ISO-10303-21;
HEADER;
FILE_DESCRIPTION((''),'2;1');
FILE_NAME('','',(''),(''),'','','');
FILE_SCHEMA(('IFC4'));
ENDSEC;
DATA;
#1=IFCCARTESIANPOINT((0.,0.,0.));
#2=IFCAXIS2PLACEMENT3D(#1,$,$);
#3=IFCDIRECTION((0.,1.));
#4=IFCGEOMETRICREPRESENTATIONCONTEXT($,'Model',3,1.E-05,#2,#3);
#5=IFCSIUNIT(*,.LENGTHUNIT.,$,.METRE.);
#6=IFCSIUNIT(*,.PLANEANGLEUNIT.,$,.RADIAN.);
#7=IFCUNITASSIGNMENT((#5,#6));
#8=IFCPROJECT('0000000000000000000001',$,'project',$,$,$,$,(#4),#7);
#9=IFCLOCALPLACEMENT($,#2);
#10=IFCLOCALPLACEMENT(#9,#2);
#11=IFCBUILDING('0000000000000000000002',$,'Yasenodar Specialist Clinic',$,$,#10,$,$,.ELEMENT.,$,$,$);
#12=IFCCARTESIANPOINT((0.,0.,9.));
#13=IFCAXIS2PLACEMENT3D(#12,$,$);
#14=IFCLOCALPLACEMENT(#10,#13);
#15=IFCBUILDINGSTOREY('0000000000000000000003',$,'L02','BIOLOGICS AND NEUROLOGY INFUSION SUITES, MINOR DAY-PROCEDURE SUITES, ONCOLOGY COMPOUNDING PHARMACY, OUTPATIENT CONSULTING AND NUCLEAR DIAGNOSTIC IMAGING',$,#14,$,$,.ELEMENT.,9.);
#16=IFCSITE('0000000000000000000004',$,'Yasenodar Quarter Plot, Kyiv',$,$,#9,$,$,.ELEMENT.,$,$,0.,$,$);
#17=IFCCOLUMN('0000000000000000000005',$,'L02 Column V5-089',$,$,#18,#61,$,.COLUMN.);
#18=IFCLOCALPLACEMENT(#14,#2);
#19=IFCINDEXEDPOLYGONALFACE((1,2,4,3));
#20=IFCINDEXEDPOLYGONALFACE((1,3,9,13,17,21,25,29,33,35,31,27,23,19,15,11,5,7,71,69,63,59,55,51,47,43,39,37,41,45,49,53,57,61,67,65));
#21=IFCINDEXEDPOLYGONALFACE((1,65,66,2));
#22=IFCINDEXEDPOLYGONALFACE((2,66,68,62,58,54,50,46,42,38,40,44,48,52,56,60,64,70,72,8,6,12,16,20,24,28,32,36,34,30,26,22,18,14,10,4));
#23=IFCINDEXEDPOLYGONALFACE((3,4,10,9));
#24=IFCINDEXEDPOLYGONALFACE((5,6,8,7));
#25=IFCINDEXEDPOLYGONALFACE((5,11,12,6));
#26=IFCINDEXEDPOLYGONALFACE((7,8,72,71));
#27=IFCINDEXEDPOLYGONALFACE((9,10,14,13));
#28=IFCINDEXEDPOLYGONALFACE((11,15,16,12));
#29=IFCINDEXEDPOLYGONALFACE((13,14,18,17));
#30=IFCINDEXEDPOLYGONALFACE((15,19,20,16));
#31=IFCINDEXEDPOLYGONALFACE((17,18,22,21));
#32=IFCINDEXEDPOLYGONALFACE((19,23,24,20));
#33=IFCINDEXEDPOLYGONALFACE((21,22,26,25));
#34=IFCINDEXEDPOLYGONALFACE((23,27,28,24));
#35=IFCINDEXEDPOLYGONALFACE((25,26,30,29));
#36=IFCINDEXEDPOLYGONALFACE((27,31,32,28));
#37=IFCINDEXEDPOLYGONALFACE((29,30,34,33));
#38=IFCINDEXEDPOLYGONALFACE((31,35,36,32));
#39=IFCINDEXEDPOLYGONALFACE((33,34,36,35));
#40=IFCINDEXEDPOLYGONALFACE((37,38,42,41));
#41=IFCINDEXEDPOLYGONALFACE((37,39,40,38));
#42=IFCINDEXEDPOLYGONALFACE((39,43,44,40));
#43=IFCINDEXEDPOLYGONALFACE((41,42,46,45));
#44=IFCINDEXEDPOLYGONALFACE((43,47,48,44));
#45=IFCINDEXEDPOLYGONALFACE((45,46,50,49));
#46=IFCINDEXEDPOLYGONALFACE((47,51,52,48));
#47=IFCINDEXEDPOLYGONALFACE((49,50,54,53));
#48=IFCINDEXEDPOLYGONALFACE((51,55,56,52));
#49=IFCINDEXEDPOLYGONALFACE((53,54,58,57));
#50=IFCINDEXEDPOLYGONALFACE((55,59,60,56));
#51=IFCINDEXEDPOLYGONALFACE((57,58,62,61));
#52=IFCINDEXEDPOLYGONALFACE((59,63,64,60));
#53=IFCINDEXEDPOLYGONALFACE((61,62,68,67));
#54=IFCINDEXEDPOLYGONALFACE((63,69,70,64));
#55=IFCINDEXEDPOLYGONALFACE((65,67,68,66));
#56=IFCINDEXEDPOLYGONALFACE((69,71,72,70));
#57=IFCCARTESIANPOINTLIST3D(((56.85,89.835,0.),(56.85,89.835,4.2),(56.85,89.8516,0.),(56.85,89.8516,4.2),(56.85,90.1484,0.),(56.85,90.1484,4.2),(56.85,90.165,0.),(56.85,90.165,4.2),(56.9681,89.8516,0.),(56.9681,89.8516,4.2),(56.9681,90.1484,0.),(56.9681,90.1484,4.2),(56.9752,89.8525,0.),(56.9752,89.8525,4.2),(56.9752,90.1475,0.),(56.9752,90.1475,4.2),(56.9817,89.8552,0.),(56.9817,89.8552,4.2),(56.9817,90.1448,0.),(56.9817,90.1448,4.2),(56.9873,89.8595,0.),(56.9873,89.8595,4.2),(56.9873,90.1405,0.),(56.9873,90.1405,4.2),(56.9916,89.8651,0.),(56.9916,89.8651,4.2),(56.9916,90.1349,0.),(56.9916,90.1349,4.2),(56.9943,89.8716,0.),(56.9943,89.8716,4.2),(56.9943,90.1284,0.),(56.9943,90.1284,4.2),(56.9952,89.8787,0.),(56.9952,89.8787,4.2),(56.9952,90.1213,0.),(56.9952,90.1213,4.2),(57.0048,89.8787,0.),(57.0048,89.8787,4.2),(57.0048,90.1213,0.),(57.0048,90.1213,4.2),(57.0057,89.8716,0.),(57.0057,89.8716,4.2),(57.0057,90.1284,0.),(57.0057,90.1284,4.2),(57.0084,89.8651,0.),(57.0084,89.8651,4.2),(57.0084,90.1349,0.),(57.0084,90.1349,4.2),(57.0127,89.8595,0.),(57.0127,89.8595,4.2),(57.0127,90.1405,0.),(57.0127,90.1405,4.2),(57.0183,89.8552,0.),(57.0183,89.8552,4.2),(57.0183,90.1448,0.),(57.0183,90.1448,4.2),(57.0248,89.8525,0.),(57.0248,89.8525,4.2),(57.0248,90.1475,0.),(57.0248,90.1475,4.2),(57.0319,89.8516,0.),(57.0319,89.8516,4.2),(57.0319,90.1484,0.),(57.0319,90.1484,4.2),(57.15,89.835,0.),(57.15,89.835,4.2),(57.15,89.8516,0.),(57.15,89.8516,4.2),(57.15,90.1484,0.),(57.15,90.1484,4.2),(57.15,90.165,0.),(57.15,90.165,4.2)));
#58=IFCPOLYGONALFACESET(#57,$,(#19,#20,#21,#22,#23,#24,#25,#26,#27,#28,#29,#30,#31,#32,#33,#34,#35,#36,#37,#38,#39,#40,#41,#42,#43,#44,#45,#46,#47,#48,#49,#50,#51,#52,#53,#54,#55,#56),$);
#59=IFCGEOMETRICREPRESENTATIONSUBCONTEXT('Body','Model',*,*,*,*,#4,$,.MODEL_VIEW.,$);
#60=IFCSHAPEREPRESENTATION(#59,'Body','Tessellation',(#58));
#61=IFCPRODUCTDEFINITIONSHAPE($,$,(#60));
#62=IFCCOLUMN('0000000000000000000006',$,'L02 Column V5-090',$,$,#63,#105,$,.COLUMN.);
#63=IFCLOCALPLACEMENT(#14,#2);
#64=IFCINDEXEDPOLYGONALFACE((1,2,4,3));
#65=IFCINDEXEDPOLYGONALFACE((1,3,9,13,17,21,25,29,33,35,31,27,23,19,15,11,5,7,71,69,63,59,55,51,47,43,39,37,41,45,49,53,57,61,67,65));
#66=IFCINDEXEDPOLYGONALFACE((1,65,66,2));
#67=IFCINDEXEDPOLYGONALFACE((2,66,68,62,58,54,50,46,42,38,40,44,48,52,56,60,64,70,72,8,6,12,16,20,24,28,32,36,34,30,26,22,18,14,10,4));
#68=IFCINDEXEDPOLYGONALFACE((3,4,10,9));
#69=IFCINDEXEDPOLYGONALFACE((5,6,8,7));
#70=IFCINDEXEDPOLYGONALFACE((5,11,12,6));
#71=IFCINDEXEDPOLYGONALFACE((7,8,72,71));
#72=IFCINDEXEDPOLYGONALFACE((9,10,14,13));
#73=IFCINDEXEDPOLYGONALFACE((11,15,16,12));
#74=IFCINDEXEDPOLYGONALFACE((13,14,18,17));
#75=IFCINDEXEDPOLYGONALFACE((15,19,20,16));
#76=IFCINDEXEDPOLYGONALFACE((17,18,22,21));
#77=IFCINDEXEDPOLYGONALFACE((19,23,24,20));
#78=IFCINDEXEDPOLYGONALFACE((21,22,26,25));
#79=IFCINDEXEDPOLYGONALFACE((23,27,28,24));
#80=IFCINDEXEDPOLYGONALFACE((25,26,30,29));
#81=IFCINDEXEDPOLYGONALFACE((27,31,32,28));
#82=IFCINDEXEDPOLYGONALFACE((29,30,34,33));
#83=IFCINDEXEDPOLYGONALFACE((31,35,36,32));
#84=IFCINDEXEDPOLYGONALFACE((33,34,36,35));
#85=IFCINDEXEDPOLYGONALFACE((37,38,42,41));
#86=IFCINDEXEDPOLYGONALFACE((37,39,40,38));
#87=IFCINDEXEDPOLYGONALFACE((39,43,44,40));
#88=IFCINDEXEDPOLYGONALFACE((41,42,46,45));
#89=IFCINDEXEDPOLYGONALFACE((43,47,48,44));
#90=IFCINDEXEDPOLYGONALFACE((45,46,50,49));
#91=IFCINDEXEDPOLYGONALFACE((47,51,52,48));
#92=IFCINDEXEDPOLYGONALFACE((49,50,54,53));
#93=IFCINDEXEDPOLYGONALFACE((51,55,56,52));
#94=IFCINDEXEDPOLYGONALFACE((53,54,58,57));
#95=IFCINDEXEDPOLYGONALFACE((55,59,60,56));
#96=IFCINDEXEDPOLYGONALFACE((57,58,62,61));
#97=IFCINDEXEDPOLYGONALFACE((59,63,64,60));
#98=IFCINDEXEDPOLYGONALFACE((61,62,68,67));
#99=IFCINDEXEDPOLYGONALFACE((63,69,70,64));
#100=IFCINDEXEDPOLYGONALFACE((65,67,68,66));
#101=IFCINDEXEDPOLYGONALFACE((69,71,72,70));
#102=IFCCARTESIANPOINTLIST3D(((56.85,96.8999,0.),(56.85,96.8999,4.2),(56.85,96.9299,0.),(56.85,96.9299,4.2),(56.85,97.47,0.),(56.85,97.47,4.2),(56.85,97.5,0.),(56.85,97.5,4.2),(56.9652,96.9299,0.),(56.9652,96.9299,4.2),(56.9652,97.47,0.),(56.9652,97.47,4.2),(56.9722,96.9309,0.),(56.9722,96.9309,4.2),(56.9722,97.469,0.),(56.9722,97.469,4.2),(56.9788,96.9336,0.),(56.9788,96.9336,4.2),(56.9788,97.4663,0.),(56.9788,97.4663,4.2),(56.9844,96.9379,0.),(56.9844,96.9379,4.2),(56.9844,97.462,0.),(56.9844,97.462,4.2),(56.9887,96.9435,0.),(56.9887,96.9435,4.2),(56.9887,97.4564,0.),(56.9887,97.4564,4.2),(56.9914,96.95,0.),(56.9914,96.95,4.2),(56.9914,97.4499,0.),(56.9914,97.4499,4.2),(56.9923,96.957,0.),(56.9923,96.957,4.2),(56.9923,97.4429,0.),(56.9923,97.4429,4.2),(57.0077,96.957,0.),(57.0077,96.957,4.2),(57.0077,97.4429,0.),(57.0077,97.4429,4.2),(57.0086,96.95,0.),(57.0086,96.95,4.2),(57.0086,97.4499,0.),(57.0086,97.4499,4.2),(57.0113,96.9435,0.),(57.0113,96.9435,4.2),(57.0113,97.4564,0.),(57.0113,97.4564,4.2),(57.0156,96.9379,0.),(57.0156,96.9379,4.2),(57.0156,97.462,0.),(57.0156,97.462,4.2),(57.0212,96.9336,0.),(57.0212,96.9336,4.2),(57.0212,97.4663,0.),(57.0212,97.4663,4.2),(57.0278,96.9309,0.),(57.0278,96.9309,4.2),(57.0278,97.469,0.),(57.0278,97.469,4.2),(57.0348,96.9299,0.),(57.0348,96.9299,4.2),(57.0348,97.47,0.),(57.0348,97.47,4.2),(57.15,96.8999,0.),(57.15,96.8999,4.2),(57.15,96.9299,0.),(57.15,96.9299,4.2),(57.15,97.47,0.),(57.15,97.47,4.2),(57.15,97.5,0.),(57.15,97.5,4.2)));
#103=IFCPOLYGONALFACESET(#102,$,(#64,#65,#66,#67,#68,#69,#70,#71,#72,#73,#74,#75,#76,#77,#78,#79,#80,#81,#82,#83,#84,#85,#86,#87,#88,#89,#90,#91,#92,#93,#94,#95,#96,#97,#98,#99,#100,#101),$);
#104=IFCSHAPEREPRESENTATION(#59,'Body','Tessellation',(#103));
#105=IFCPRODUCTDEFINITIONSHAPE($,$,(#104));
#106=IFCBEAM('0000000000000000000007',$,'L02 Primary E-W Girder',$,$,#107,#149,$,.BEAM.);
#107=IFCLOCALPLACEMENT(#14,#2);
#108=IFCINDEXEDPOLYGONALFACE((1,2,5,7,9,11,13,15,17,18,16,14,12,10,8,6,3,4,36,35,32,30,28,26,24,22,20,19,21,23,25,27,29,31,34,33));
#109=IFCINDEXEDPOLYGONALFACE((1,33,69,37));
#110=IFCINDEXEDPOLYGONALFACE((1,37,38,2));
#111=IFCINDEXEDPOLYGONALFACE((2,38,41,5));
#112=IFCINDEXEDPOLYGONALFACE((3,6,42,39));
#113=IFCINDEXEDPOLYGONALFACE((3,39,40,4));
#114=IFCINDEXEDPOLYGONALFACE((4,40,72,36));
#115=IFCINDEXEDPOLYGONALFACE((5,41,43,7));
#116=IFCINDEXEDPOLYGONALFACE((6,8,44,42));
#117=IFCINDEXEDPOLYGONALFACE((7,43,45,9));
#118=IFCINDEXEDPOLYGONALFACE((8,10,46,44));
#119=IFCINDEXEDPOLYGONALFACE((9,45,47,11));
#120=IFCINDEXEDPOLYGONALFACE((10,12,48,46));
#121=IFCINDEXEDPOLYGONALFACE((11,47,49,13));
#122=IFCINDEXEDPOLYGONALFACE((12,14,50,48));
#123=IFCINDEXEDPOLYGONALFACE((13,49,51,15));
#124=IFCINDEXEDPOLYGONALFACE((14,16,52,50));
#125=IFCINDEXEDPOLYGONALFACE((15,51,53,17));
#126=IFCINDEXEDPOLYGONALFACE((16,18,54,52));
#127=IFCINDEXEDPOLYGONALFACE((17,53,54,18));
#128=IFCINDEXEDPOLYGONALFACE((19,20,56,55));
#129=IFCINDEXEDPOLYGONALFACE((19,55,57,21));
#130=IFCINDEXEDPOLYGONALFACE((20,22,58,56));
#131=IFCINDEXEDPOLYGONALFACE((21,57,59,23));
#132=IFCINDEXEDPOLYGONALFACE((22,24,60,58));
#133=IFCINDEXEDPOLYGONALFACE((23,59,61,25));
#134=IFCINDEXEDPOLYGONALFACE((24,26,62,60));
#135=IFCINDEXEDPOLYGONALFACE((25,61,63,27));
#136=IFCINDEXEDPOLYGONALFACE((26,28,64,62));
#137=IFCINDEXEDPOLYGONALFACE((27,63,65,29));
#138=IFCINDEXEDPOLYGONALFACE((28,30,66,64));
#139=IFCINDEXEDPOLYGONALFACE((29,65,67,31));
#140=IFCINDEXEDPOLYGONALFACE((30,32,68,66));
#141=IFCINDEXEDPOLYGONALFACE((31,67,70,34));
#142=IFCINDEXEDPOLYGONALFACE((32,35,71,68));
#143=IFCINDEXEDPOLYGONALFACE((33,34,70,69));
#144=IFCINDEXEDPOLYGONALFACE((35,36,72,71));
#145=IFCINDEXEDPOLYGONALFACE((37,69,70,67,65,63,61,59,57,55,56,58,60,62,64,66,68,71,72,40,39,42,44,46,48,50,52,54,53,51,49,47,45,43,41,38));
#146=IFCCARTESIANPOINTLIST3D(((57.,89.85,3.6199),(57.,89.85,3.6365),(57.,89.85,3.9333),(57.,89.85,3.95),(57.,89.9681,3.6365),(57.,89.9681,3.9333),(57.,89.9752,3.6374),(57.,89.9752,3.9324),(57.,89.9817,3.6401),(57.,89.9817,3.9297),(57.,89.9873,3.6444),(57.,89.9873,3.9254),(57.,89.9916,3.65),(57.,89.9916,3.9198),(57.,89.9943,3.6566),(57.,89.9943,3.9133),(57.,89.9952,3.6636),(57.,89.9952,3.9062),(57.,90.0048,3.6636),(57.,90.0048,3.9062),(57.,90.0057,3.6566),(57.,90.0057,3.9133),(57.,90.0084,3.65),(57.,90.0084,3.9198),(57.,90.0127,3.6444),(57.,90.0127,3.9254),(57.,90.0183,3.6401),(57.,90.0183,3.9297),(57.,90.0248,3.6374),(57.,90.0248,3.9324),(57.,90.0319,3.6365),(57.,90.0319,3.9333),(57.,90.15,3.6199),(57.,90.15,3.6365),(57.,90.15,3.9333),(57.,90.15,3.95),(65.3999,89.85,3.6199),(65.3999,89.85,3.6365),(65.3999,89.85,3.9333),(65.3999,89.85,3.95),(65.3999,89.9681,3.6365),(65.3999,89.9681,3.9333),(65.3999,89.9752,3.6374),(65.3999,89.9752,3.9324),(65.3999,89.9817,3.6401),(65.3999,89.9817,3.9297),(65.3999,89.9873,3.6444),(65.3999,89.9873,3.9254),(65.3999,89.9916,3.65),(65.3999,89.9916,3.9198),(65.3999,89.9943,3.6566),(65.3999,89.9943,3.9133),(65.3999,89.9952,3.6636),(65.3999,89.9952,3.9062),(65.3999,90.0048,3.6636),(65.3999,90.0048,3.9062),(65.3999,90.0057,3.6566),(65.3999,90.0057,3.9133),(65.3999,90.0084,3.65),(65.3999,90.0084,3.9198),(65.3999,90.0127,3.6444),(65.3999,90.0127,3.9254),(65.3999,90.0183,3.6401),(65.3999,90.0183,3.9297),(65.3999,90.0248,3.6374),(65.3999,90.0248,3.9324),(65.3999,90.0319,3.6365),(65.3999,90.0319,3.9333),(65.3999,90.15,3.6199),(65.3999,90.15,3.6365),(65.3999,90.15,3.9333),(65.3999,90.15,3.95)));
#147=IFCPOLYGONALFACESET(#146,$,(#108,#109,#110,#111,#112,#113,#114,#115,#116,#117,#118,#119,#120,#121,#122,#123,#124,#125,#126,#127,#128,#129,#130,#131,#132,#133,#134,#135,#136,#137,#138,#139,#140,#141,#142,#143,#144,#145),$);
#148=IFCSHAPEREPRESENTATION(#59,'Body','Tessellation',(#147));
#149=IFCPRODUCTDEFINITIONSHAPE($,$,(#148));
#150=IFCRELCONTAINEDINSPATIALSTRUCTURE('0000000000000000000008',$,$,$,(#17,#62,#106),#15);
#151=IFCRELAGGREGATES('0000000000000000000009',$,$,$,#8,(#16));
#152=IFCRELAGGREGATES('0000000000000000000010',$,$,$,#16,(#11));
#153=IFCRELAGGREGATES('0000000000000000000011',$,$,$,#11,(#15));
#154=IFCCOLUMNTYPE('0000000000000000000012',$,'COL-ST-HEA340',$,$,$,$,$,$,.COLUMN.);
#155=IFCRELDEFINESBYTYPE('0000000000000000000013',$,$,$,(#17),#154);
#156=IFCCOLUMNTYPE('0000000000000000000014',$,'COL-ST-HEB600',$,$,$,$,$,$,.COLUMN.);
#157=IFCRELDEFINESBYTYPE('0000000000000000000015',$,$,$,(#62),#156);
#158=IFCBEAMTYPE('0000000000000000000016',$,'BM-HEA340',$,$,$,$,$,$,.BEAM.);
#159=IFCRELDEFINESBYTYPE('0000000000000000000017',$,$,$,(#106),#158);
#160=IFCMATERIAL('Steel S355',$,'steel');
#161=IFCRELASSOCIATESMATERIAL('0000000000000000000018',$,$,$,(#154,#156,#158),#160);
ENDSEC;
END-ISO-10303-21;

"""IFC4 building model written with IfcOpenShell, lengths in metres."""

from ifc_helpers import new_model, si_unit, direction, frame, origin, origin_2d, place, context, subcontext, project, spatial, i_section, extrude, material, material_profile, profile_set, type_object, element, save


model = new_model("IFC4")

# Units and contexts
model_context = context("Model", 3, precision=1e-05, world=origin(), true_north=direction((0.0, 1.0)))
body_context = subcontext(model_context, "Body", "Model", "MODEL_VIEW")
ifc_project = project(units=[si_unit("LENGTHUNIT", "METRE"), si_unit("PLANEANGLEUNIT", "RADIAN")], contexts=[model_context])

# Site, building, storey
site_placement = place(None, origin())
site = spatial("IfcSite", under=ifc_project, at=site_placement, Name="Yasenodar Quarter Plot, Kyiv", CompositionType="ELEMENT", RefElevation=0.0)
building_placement = place(site_placement, origin())
building = spatial("IfcBuilding", under=site, at=building_placement, Name="Yasenodar Specialist Clinic", CompositionType="ELEMENT")
storey_placement = place(building_placement, frame((0.0, 0.0, 9.0)))
storey = spatial("IfcBuildingStorey", under=building, at=storey_placement, Name="L02", Description="BIOLOGICS AND NEUROLOGY INFUSION SUITES, MINOR DAY-PROCEDURE SUITES, ONCOLOGY COMPOUNDING PHARMACY, OUTPATIENT CONSULTING AND NUCLEAR DIAGNOSTIC IMAGING", CompositionType="ELEMENT", Elevation=9.0)

# Columns
ifc_material_1 = material(Name="Steel S355", Category="steel")
ifc_material_profile_1 = material_profile(ifc_material_1, i_section(OverallWidth=0.3, OverallDepth=0.3301, WebThickness=0.0095, FlangeThickness=0.0166, FilletRadius=0.0271, at=origin_2d()), Name="HEA 340")
ifc_profile_set_1 = profile_set([ifc_material_profile_1], Name="Steel S355")
column_type_1 = type_object("IfcColumnType", Name="COL-ST-HEA340", PredefinedType="COLUMN", material=ifc_profile_set_1)
column_1_placement = place(storey_placement, frame((57.0, 90.0, 0.0), z_axis=(0.0, 0.0, 1.0), x_axis=(1.0, 0.0, 0.0)))
element("IfcColumn", 1, at=column_1_placement, inside=storey, type_object=column_type_1, Name="L02 Column V5-089", PredefinedType="COLUMN", context=body_context, shape_type="SweptSolid", body=[
    extrude(i_section(OverallWidth=0.3, OverallDepth=0.3301, WebThickness=0.0095, FlangeThickness=0.0166, FilletRadius=0.0271, at=origin_2d()), origin(), (0.0, 0.0, 1.0), 4.2),
])
ifc_material_profile_2 = material_profile(ifc_material_1, i_section(OverallWidth=0.3, OverallDepth=0.6001, WebThickness=0.0154, FlangeThickness=0.03, FilletRadius=0.0271, at=origin_2d()), Name="HEB 600")
ifc_profile_set_2 = profile_set([ifc_material_profile_2], Name="Steel S355")
column_type_2 = type_object("IfcColumnType", Name="COL-ST-HEB600", PredefinedType="COLUMN", material=ifc_profile_set_2)
column_2_placement = place(storey_placement, frame((57.0, 97.2, 0.0), z_axis=(0.0, 0.0, 1.0), x_axis=(1.0, 0.0, 0.0)))
element("IfcColumn", 2, at=column_2_placement, inside=storey, type_object=column_type_2, Name="L02 Column V5-090", PredefinedType="COLUMN", context=body_context, shape_type="SweptSolid", body=[
    extrude(i_section(OverallWidth=0.3, OverallDepth=0.6001, WebThickness=0.0154, FlangeThickness=0.03, FilletRadius=0.0271, at=origin_2d()), origin(), (0.0, 0.0, 1.0), 4.2),
])

# Beam
ifc_material_profile_3 = material_profile(ifc_material_1, i_section(OverallWidth=0.3, OverallDepth=0.3301, WebThickness=0.0095, FlangeThickness=0.0166, FilletRadius=0.0271, at=origin_2d()), Name="HEA 340")
ifc_profile_set_3 = profile_set([ifc_material_profile_3], Name="Steel S355")
beam_type_1 = type_object("IfcBeamType", Name="BM-HEA340", PredefinedType="BEAM", material=ifc_profile_set_3)
beam_1_placement = place(storey_placement, frame((57.0, 90.0, 3.7849), z_axis=(1.0, 0.0, 0.0), x_axis=(0.0, 1.0, 0.0)))
element("IfcBeam", 3, at=beam_1_placement, inside=storey, type_object=beam_type_1, Name="L02 Primary E-W Girder", PredefinedType="BEAM", context=body_context, shape_type="SweptSolid", body=[
    extrude(i_section(OverallWidth=0.3, OverallDepth=0.3301, WebThickness=0.0095, FlangeThickness=0.0166, FilletRadius=0.0271, at=origin_2d()), origin(), (0.0, 0.0, 1.0), 8.3999),
])

save(model, "model.ifc")
